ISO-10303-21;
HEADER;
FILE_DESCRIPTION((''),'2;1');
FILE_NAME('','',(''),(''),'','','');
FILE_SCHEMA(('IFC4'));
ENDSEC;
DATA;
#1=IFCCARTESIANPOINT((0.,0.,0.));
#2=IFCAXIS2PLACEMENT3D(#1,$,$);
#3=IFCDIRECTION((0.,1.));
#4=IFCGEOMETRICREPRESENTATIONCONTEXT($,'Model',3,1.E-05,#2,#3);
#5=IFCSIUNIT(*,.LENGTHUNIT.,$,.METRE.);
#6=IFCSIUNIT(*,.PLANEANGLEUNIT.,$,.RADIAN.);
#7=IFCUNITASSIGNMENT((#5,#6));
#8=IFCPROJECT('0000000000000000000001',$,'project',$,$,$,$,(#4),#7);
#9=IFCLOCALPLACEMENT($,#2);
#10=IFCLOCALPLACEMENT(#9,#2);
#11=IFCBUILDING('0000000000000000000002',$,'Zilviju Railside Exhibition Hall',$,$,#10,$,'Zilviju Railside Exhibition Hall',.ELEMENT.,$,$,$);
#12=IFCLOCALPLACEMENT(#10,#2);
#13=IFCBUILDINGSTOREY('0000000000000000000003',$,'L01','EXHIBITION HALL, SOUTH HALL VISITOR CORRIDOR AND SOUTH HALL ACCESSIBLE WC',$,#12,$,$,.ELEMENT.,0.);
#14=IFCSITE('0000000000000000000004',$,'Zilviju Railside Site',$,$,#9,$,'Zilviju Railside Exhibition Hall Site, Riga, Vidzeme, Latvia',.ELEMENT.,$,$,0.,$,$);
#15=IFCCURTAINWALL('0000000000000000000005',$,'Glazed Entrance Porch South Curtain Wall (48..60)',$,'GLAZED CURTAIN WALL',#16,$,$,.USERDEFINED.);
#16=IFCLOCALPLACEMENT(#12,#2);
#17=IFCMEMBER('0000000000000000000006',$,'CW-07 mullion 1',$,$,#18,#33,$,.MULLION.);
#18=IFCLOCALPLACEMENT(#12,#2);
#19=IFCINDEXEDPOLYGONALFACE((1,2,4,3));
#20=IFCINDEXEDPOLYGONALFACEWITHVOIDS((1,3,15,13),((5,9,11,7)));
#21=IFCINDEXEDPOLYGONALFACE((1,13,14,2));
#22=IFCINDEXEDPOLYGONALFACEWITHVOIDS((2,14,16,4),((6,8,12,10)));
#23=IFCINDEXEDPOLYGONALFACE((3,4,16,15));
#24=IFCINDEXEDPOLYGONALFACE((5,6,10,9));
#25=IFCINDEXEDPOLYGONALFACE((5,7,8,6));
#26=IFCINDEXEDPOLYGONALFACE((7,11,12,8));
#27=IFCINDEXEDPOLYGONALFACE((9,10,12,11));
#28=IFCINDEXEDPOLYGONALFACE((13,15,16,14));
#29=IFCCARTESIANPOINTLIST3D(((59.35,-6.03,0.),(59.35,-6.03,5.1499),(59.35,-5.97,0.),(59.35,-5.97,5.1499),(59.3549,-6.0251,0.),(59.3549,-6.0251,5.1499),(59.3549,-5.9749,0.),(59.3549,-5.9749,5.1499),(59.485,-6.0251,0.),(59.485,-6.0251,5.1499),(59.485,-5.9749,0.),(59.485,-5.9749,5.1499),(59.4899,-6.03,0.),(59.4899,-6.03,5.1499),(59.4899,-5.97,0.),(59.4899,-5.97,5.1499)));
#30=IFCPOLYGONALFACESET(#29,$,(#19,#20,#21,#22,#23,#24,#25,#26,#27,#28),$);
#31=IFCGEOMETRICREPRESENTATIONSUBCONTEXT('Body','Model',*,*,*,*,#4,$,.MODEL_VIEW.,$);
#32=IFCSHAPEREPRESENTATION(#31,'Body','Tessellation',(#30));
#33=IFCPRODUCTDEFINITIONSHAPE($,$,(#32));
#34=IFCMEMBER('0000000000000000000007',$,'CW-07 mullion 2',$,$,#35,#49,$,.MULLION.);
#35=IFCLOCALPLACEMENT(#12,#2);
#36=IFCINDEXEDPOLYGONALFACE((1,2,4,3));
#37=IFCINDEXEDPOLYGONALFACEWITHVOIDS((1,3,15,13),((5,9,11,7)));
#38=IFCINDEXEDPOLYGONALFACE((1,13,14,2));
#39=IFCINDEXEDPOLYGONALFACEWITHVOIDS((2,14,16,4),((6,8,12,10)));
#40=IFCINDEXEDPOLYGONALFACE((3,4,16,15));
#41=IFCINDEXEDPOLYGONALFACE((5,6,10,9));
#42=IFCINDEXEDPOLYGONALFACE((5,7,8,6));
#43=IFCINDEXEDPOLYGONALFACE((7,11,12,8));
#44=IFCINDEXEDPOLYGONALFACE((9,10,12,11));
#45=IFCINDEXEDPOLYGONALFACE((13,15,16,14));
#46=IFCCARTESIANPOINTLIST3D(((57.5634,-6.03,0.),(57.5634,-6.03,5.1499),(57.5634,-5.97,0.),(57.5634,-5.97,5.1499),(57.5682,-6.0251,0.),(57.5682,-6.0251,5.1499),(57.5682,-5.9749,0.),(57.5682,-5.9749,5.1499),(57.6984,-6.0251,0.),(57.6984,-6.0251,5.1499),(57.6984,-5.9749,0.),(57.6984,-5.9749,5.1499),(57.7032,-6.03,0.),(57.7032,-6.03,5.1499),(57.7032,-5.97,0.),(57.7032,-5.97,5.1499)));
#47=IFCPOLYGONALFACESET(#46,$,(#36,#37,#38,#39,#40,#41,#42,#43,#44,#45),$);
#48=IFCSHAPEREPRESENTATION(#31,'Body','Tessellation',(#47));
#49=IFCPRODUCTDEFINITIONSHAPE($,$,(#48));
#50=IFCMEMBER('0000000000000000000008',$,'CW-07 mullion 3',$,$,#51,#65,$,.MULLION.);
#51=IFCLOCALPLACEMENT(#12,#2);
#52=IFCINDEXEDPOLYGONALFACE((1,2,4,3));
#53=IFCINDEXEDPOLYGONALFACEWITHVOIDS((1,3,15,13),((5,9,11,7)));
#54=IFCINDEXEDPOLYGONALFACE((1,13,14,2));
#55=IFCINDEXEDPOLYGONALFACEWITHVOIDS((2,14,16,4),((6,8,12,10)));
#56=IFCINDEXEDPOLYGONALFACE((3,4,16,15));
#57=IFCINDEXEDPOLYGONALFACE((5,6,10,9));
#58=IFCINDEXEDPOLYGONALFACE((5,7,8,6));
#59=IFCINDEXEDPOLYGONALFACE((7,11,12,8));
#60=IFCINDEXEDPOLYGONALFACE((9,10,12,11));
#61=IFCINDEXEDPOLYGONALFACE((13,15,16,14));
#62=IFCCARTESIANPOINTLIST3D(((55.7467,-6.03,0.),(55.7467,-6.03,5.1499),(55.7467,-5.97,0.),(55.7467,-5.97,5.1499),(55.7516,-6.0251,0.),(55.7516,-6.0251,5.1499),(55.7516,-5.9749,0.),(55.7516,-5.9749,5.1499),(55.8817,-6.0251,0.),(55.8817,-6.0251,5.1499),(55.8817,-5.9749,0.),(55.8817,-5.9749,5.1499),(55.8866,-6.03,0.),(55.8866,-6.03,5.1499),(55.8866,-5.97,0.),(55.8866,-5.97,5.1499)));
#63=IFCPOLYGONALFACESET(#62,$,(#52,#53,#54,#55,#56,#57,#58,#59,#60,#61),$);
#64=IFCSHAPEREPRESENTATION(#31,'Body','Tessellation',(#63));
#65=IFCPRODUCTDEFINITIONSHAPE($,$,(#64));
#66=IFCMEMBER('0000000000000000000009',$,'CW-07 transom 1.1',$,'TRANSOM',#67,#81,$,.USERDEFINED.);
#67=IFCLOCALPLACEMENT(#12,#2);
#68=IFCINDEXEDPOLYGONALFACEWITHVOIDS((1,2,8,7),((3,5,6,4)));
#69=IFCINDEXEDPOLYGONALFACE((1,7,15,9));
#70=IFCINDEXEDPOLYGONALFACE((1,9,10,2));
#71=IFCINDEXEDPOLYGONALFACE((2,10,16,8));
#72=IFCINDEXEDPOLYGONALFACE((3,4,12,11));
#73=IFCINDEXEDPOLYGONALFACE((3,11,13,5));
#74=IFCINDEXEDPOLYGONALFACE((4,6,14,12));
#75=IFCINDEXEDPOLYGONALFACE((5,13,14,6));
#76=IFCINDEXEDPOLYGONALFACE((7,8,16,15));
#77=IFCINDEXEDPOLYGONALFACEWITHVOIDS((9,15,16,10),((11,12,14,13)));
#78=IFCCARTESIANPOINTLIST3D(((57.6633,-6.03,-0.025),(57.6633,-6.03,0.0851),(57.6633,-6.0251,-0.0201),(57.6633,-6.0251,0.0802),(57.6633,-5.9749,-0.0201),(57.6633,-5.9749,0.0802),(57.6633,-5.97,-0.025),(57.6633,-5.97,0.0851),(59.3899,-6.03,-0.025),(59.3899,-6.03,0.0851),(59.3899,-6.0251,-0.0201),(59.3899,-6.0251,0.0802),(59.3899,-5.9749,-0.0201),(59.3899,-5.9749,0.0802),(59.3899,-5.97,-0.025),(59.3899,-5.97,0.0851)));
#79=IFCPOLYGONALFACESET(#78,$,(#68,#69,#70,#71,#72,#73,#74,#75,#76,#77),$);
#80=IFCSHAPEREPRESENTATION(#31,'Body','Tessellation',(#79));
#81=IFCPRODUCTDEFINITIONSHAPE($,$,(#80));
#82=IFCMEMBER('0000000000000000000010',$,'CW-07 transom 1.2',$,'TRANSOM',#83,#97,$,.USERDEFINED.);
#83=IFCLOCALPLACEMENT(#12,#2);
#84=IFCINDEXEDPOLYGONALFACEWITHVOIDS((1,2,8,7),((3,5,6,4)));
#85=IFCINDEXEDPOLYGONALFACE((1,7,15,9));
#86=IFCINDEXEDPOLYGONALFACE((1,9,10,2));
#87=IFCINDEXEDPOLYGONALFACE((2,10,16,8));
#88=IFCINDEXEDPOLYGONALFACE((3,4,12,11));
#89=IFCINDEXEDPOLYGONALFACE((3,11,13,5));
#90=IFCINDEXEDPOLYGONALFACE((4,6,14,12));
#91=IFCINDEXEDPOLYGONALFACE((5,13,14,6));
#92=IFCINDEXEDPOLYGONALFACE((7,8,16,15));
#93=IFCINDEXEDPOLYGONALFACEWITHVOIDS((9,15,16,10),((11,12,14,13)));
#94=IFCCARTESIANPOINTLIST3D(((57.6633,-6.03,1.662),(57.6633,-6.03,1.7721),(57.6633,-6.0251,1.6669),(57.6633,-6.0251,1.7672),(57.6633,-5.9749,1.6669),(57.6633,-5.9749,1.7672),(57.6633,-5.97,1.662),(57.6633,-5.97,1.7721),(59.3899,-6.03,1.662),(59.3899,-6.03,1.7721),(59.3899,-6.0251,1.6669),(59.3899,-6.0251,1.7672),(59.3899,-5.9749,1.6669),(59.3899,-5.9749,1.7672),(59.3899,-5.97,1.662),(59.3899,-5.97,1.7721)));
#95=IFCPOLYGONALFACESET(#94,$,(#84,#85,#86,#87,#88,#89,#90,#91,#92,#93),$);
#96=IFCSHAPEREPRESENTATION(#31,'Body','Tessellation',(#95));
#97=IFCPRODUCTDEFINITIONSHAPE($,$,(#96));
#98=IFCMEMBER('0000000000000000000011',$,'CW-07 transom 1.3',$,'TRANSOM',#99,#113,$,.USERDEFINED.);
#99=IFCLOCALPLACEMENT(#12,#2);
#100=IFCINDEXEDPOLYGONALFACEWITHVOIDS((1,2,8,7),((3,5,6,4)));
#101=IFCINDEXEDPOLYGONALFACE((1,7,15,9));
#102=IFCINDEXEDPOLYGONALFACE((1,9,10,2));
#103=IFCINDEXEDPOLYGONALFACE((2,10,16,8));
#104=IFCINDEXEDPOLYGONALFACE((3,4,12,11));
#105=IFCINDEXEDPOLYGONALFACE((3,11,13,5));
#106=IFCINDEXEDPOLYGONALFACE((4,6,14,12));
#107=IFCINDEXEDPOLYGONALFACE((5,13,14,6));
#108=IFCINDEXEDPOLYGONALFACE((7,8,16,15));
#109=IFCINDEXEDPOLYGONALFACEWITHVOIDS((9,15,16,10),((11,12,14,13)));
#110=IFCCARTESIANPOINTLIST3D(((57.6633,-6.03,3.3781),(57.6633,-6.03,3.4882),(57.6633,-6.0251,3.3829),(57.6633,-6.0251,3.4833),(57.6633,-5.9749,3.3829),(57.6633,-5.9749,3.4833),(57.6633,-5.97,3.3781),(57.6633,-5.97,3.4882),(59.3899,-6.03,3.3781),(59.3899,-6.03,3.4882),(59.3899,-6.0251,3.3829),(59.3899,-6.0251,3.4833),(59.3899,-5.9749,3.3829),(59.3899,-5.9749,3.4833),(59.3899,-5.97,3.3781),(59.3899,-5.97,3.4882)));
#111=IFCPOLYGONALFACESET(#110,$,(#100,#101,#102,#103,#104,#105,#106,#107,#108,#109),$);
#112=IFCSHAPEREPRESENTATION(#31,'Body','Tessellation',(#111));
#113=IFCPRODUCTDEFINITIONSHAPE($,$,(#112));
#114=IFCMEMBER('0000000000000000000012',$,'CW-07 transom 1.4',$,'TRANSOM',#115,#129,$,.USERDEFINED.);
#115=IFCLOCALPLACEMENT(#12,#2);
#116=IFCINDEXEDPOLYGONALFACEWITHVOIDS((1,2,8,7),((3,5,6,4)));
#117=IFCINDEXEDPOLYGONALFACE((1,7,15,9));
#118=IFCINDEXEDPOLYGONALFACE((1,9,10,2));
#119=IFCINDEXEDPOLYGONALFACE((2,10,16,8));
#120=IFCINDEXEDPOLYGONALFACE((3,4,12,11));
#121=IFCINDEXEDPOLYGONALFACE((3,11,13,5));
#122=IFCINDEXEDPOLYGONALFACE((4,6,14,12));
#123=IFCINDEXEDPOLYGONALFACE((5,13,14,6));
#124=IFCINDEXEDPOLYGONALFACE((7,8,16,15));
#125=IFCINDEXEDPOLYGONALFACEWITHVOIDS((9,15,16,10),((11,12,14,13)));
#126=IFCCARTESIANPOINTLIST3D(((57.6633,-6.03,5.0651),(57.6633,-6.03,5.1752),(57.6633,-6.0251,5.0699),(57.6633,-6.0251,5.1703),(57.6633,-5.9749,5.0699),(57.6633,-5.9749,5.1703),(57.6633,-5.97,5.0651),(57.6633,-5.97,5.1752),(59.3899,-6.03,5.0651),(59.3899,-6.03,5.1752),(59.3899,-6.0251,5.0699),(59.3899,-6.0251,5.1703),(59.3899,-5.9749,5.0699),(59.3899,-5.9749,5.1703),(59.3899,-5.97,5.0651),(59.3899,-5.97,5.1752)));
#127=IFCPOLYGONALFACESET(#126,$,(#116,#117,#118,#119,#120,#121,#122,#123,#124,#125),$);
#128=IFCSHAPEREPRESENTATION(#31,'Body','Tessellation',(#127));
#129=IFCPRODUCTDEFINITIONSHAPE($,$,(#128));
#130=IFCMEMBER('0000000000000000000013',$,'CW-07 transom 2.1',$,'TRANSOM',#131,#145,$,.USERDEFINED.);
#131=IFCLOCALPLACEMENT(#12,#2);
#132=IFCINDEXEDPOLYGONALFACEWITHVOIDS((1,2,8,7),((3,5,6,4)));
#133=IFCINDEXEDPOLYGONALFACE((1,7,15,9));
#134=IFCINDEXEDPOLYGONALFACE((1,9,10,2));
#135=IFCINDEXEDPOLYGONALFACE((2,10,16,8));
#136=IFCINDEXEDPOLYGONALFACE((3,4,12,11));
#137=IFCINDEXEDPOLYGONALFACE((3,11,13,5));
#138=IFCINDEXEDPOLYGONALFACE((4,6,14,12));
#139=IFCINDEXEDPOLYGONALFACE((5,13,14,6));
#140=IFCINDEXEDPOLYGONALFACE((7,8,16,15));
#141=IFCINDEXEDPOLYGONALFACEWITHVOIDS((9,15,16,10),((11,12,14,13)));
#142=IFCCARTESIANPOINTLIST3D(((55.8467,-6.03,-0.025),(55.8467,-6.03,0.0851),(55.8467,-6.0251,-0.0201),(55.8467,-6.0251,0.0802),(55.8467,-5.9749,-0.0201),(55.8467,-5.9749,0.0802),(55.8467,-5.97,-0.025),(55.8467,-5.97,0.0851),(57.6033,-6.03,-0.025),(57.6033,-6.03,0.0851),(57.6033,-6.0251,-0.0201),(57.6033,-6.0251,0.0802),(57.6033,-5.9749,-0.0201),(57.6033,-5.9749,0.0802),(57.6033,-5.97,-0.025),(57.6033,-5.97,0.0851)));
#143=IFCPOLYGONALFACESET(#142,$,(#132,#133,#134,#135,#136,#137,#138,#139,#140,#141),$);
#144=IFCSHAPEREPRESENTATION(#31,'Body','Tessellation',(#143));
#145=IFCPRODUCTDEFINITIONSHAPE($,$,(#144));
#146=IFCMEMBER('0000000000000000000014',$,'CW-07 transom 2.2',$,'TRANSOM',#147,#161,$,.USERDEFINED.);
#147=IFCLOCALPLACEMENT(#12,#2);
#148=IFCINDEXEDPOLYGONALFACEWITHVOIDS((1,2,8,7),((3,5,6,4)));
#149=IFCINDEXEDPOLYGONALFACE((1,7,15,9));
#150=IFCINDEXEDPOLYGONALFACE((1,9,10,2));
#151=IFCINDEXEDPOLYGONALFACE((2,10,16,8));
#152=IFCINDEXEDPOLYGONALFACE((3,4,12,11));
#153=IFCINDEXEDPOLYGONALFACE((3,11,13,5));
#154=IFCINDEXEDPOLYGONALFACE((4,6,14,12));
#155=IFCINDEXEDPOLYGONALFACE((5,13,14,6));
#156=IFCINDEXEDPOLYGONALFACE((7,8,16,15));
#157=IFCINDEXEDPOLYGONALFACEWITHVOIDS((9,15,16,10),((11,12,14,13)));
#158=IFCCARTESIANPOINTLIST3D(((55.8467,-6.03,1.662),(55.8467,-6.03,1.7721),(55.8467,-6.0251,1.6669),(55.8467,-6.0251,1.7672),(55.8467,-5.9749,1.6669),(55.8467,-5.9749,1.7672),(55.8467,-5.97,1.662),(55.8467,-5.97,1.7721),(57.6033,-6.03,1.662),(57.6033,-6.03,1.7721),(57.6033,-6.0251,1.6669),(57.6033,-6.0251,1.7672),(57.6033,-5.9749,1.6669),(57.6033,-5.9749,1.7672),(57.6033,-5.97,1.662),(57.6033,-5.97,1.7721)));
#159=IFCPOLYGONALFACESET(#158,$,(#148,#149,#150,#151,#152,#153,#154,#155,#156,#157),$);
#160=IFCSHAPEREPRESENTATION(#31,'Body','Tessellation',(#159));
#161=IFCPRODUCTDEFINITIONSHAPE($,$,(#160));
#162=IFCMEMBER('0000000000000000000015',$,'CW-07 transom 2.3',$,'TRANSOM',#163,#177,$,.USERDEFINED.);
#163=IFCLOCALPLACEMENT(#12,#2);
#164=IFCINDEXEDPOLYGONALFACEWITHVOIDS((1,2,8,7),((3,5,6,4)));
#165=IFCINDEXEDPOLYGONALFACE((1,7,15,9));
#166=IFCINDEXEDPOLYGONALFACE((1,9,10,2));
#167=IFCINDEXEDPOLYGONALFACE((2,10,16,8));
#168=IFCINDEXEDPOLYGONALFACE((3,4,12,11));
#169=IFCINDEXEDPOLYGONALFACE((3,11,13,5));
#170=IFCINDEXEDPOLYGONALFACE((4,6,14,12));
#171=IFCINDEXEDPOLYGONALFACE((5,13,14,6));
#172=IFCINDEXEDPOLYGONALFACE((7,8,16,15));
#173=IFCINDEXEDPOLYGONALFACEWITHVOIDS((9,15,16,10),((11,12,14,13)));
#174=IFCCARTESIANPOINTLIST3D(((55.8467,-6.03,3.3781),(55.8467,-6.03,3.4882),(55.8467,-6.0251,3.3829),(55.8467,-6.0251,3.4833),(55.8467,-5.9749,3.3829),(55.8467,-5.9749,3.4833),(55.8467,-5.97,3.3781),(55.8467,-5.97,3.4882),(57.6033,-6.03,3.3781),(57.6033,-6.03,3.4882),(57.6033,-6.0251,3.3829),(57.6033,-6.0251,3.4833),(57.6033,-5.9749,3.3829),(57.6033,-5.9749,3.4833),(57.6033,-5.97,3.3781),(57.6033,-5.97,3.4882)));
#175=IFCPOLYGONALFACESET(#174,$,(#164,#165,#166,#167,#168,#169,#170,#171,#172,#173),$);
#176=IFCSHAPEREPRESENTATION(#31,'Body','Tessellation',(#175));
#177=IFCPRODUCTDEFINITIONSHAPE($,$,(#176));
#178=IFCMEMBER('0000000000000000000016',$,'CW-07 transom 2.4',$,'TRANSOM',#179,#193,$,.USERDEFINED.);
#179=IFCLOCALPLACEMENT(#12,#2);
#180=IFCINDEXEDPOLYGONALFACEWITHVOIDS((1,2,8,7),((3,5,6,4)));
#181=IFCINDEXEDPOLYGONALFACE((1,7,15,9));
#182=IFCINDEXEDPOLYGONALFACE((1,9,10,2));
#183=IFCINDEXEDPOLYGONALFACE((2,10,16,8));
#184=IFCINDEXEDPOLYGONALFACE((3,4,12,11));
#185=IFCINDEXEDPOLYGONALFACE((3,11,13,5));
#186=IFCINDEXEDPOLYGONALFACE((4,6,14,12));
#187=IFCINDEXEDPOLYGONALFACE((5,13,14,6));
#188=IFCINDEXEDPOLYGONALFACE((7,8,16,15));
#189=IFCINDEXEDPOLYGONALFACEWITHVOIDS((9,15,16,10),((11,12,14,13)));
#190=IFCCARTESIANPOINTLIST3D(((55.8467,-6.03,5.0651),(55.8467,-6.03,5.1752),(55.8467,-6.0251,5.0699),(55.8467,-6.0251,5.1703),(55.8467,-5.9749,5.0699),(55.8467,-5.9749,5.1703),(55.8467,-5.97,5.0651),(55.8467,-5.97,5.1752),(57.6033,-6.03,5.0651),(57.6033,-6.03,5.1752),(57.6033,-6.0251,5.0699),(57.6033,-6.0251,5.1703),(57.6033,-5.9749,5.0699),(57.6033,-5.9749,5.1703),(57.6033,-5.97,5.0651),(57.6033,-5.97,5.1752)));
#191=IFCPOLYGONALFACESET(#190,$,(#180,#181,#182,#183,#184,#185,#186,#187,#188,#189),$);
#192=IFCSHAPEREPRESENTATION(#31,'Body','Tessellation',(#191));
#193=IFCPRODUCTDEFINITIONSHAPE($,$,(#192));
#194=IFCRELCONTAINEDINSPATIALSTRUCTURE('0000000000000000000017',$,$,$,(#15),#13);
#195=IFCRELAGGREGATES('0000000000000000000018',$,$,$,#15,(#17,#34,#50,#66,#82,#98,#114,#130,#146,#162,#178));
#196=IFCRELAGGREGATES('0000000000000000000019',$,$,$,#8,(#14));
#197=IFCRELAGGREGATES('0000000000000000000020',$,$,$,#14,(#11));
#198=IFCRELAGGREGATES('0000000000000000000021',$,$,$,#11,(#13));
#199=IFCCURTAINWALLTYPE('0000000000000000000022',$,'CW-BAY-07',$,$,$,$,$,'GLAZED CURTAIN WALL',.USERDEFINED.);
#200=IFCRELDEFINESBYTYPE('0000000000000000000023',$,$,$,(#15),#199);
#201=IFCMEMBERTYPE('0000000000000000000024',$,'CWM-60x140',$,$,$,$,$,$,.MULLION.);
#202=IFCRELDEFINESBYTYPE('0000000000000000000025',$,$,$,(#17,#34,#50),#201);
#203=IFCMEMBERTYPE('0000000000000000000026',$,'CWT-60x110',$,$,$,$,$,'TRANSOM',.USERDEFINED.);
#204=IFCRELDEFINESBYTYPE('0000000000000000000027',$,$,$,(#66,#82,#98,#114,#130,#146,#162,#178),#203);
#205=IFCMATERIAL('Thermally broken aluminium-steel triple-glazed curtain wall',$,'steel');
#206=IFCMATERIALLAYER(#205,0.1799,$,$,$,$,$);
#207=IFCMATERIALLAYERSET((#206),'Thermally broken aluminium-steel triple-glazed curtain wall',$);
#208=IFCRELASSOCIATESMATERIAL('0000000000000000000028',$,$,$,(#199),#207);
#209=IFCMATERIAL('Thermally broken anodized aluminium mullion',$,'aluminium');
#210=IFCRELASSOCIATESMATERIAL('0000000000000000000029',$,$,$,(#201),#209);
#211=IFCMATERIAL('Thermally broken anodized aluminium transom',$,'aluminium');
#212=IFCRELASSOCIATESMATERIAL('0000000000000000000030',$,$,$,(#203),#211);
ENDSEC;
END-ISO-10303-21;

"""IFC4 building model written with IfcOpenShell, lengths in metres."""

from ifc_helpers import new_model, si_unit, direction, frame, origin, origin_2d, place, context, subcontext, project, spatial, hollow_rectangle, extrude, material, layer, layer_set, material_profile, profile_set, type_object, element, aggregate, save


model = new_model("IFC4")

# Units and contexts
model_context = context("Model", 3, precision=1e-05, world=origin(), true_north=direction((0.0, 1.0)))
body_context = subcontext(model_context, "Body", "Model", "MODEL_VIEW")
ifc_project = project(units=[si_unit("LENGTHUNIT", "METRE"), si_unit("PLANEANGLEUNIT", "RADIAN")], contexts=[model_context])

# Site, building, storey
site_placement = place(None, origin())
site = spatial("IfcSite", under=ifc_project, at=site_placement, Name="Zilviju Railside Site", LongName="Zilviju Railside Exhibition Hall Site, Riga, Vidzeme, Latvia", CompositionType="ELEMENT", RefElevation=0.0)
building_placement = place(site_placement, origin())
building = spatial("IfcBuilding", under=site, at=building_placement, Name="Zilviju Railside Exhibition Hall", LongName="Zilviju Railside Exhibition Hall", CompositionType="ELEMENT")
storey_placement = place(building_placement, origin())
storey = spatial("IfcBuildingStorey", under=building, at=storey_placement, Name="L01", Description="EXHIBITION HALL, SOUTH HALL VISITOR CORRIDOR AND SOUTH HALL ACCESSIBLE WC", CompositionType="ELEMENT", Elevation=0.0)

# Curtain wall, members
ifc_material_1 = material(Name="Thermally broken aluminium-steel triple-glazed curtain wall", Category="steel")
ifc_layer_1 = layer(ifc_material_1, 0.1799)
ifc_layer_set_1 = layer_set([ifc_layer_1], Name="Thermally broken aluminium-steel triple-glazed curtain wall")
curtain_wall_type = type_object("IfcCurtainWallType", Name="CW-BAY-07", ElementType="GLAZED CURTAIN WALL", PredefinedType="USERDEFINED", material=ifc_layer_set_1)
curtain_wall_placement = place(storey_placement, origin())
curtain_wall = element("IfcCurtainWall", 1, at=curtain_wall_placement, inside=storey, type_object=curtain_wall_type, Name="Glazed Entrance Porch South Curtain Wall (48..60)", ObjectType="GLAZED CURTAIN WALL", PredefinedType="USERDEFINED")
ifc_material_2 = material(Name="Thermally broken anodized aluminium mullion", Category="aluminium")
ifc_material_profile_1 = material_profile(ifc_material_2, hollow_rectangle(XDim=0.0601, YDim=0.1399, WallThickness=0.0049, at=origin_2d()), Name="MULLION 140x60x5")
ifc_profile_set_1 = profile_set([ifc_material_profile_1], Name="Thermally broken anodized aluminium mullion")
member_type_1 = type_object("IfcMemberType", Name="CWM-60x140", PredefinedType="MULLION", material=ifc_profile_set_1)
member_1_placement = place(storey_placement, frame((59.4199, -6.0, 0.0), z_axis=(0.0, 0.0, 1.0), x_axis=(0.0, -1.0, 0.0)))
member_1 = element("IfcMember", 2, at=member_1_placement, type_object=member_type_1, Name="CW-07 mullion 1", PredefinedType="MULLION", context=body_context, shape_type="SweptSolid", body=[
    extrude(hollow_rectangle(XDim=0.0601, YDim=0.1399, WallThickness=0.0049, at=origin_2d()), origin(), (0.0, 0.0, 1.0), 5.1499),
])
member_2_placement = place(storey_placement, frame((57.6333, -6.0, 0.0), z_axis=(0.0, 0.0, 1.0), x_axis=(0.0, -1.0, 0.0)))
member_2 = element("IfcMember", 3, at=member_2_placement, type_object=member_type_1, Name="CW-07 mullion 2", PredefinedType="MULLION", context=body_context, shape_type="SweptSolid", body=[
    extrude(hollow_rectangle(XDim=0.0601, YDim=0.1399, WallThickness=0.0049, at=origin_2d()), origin(), (0.0, 0.0, 1.0), 5.1499),
])
member_3_placement = place(storey_placement, frame((55.8167, -6.0, 0.0), z_axis=(0.0, 0.0, 1.0), x_axis=(0.0, -1.0, 0.0)))
member_3 = element("IfcMember", 4, at=member_3_placement, type_object=member_type_1, Name="CW-07 mullion 3", PredefinedType="MULLION", context=body_context, shape_type="SweptSolid", body=[
    extrude(hollow_rectangle(XDim=0.0601, YDim=0.1399, WallThickness=0.0049, at=origin_2d()), origin(), (0.0, 0.0, 1.0), 5.1499),
])
ifc_material_3 = material(Name="Thermally broken anodized aluminium transom", Category="aluminium")
ifc_material_profile_2 = material_profile(ifc_material_3, hollow_rectangle(XDim=0.0601, YDim=0.1101, WallThickness=0.0049, at=origin_2d()), Name="TRANSOM 110x60x5")
ifc_profile_set_2 = profile_set([ifc_material_profile_2], Name="Thermally broken anodized aluminium transom")
member_type_2 = type_object("IfcMemberType", Name="CWT-60x110", ElementType="TRANSOM", PredefinedType="USERDEFINED", material=ifc_profile_set_2)
member_4_placement = place(storey_placement, frame((59.3899, -6.0, 0.03), z_axis=(-1.0, 0.0, 0.0), x_axis=(0.0, -1.0, 0.0)))
member_4 = element("IfcMember", 5, at=member_4_placement, type_object=member_type_2, Name="CW-07 transom 1.1", ObjectType="TRANSOM", PredefinedType="USERDEFINED", context=body_context, shape_type="SweptSolid", body=[
    extrude(hollow_rectangle(XDim=0.0601, YDim=0.1101, WallThickness=0.0049, at=origin_2d()), origin(), (0.0, 0.0, 1.0), 1.7266),
])
member_5_placement = place(storey_placement, frame((59.3899, -6.0, 1.717), z_axis=(-1.0, 0.0, 0.0), x_axis=(0.0, -1.0, 0.0)))
member_5 = element("IfcMember", 6, at=member_5_placement, type_object=member_type_2, Name="CW-07 transom 1.2", ObjectType="TRANSOM", PredefinedType="USERDEFINED", context=body_context, shape_type="SweptSolid", body=[
    extrude(hollow_rectangle(XDim=0.0601, YDim=0.1101, WallThickness=0.0049, at=origin_2d()), origin(), (0.0, 0.0, 1.0), 1.7266),
])
member_6_placement = place(storey_placement, frame((59.3899, -6.0, 3.4331), z_axis=(-1.0, 0.0, 0.0), x_axis=(0.0, -1.0, 0.0)))
member_6 = element("IfcMember", 7, at=member_6_placement, type_object=member_type_2, Name="CW-07 transom 1.3", ObjectType="TRANSOM", PredefinedType="USERDEFINED", context=body_context, shape_type="SweptSolid", body=[
    extrude(hollow_rectangle(XDim=0.0601, YDim=0.1101, WallThickness=0.0049, at=origin_2d()), origin(), (0.0, 0.0, 1.0), 1.7266),
])
member_7_placement = place(storey_placement, frame((59.3899, -6.0, 5.1201), z_axis=(-1.0, 0.0, 0.0), x_axis=(0.0, -1.0, 0.0)))
member_7 = element("IfcMember", 8, at=member_7_placement, type_object=member_type_2, Name="CW-07 transom 1.4", ObjectType="TRANSOM", PredefinedType="USERDEFINED", context=body_context, shape_type="SweptSolid", body=[
    extrude(hollow_rectangle(XDim=0.0601, YDim=0.1101, WallThickness=0.0049, at=origin_2d()), origin(), (0.0, 0.0, 1.0), 1.7266),
])
member_8_placement = place(storey_placement, frame((57.6033, -6.0, 0.03), z_axis=(-1.0, 0.0, 0.0), x_axis=(0.0, -1.0, 0.0)))
member_8 = element("IfcMember", 9, at=member_8_placement, type_object=member_type_2, Name="CW-07 transom 2.1", ObjectType="TRANSOM", PredefinedType="USERDEFINED", context=body_context, shape_type="SweptSolid", body=[
    extrude(hollow_rectangle(XDim=0.0601, YDim=0.1101, WallThickness=0.0049, at=origin_2d()), origin(), (0.0, 0.0, 1.0), 1.7566),
])
member_9_placement = place(storey_placement, frame((57.6033, -6.0, 1.717), z_axis=(-1.0, 0.0, 0.0), x_axis=(0.0, -1.0, 0.0)))
member_9 = element("IfcMember", 10, at=member_9_placement, type_object=member_type_2, Name="CW-07 transom 2.2", ObjectType="TRANSOM", PredefinedType="USERDEFINED", context=body_context, shape_type="SweptSolid", body=[
    extrude(hollow_rectangle(XDim=0.0601, YDim=0.1101, WallThickness=0.0049, at=origin_2d()), origin(), (0.0, 0.0, 1.0), 1.7566),
])
member_10_placement = place(storey_placement, frame((57.6033, -6.0, 3.4331), z_axis=(-1.0, 0.0, 0.0), x_axis=(0.0, -1.0, 0.0)))
member_10 = element("IfcMember", 11, at=member_10_placement, type_object=member_type_2, Name="CW-07 transom 2.3", ObjectType="TRANSOM", PredefinedType="USERDEFINED", context=body_context, shape_type="SweptSolid", body=[
    extrude(hollow_rectangle(XDim=0.0601, YDim=0.1101, WallThickness=0.0049, at=origin_2d()), origin(), (0.0, 0.0, 1.0), 1.7566),
])
member_11_placement = place(storey_placement, frame((57.6033, -6.0, 5.1201), z_axis=(-1.0, 0.0, 0.0), x_axis=(0.0, -1.0, 0.0)))
member_11 = element("IfcMember", 12, at=member_11_placement, type_object=member_type_2, Name="CW-07 transom 2.4", ObjectType="TRANSOM", PredefinedType="USERDEFINED", context=body_context, shape_type="SweptSolid", body=[
    extrude(hollow_rectangle(XDim=0.0601, YDim=0.1101, WallThickness=0.0049, at=origin_2d()), origin(), (0.0, 0.0, 1.0), 1.7566),
])
aggregate(curtain_wall, [member_1, member_2, member_3, member_4, member_5, member_6, member_7, member_8, member_9, member_10, member_11])

save(model, "model.ifc")
